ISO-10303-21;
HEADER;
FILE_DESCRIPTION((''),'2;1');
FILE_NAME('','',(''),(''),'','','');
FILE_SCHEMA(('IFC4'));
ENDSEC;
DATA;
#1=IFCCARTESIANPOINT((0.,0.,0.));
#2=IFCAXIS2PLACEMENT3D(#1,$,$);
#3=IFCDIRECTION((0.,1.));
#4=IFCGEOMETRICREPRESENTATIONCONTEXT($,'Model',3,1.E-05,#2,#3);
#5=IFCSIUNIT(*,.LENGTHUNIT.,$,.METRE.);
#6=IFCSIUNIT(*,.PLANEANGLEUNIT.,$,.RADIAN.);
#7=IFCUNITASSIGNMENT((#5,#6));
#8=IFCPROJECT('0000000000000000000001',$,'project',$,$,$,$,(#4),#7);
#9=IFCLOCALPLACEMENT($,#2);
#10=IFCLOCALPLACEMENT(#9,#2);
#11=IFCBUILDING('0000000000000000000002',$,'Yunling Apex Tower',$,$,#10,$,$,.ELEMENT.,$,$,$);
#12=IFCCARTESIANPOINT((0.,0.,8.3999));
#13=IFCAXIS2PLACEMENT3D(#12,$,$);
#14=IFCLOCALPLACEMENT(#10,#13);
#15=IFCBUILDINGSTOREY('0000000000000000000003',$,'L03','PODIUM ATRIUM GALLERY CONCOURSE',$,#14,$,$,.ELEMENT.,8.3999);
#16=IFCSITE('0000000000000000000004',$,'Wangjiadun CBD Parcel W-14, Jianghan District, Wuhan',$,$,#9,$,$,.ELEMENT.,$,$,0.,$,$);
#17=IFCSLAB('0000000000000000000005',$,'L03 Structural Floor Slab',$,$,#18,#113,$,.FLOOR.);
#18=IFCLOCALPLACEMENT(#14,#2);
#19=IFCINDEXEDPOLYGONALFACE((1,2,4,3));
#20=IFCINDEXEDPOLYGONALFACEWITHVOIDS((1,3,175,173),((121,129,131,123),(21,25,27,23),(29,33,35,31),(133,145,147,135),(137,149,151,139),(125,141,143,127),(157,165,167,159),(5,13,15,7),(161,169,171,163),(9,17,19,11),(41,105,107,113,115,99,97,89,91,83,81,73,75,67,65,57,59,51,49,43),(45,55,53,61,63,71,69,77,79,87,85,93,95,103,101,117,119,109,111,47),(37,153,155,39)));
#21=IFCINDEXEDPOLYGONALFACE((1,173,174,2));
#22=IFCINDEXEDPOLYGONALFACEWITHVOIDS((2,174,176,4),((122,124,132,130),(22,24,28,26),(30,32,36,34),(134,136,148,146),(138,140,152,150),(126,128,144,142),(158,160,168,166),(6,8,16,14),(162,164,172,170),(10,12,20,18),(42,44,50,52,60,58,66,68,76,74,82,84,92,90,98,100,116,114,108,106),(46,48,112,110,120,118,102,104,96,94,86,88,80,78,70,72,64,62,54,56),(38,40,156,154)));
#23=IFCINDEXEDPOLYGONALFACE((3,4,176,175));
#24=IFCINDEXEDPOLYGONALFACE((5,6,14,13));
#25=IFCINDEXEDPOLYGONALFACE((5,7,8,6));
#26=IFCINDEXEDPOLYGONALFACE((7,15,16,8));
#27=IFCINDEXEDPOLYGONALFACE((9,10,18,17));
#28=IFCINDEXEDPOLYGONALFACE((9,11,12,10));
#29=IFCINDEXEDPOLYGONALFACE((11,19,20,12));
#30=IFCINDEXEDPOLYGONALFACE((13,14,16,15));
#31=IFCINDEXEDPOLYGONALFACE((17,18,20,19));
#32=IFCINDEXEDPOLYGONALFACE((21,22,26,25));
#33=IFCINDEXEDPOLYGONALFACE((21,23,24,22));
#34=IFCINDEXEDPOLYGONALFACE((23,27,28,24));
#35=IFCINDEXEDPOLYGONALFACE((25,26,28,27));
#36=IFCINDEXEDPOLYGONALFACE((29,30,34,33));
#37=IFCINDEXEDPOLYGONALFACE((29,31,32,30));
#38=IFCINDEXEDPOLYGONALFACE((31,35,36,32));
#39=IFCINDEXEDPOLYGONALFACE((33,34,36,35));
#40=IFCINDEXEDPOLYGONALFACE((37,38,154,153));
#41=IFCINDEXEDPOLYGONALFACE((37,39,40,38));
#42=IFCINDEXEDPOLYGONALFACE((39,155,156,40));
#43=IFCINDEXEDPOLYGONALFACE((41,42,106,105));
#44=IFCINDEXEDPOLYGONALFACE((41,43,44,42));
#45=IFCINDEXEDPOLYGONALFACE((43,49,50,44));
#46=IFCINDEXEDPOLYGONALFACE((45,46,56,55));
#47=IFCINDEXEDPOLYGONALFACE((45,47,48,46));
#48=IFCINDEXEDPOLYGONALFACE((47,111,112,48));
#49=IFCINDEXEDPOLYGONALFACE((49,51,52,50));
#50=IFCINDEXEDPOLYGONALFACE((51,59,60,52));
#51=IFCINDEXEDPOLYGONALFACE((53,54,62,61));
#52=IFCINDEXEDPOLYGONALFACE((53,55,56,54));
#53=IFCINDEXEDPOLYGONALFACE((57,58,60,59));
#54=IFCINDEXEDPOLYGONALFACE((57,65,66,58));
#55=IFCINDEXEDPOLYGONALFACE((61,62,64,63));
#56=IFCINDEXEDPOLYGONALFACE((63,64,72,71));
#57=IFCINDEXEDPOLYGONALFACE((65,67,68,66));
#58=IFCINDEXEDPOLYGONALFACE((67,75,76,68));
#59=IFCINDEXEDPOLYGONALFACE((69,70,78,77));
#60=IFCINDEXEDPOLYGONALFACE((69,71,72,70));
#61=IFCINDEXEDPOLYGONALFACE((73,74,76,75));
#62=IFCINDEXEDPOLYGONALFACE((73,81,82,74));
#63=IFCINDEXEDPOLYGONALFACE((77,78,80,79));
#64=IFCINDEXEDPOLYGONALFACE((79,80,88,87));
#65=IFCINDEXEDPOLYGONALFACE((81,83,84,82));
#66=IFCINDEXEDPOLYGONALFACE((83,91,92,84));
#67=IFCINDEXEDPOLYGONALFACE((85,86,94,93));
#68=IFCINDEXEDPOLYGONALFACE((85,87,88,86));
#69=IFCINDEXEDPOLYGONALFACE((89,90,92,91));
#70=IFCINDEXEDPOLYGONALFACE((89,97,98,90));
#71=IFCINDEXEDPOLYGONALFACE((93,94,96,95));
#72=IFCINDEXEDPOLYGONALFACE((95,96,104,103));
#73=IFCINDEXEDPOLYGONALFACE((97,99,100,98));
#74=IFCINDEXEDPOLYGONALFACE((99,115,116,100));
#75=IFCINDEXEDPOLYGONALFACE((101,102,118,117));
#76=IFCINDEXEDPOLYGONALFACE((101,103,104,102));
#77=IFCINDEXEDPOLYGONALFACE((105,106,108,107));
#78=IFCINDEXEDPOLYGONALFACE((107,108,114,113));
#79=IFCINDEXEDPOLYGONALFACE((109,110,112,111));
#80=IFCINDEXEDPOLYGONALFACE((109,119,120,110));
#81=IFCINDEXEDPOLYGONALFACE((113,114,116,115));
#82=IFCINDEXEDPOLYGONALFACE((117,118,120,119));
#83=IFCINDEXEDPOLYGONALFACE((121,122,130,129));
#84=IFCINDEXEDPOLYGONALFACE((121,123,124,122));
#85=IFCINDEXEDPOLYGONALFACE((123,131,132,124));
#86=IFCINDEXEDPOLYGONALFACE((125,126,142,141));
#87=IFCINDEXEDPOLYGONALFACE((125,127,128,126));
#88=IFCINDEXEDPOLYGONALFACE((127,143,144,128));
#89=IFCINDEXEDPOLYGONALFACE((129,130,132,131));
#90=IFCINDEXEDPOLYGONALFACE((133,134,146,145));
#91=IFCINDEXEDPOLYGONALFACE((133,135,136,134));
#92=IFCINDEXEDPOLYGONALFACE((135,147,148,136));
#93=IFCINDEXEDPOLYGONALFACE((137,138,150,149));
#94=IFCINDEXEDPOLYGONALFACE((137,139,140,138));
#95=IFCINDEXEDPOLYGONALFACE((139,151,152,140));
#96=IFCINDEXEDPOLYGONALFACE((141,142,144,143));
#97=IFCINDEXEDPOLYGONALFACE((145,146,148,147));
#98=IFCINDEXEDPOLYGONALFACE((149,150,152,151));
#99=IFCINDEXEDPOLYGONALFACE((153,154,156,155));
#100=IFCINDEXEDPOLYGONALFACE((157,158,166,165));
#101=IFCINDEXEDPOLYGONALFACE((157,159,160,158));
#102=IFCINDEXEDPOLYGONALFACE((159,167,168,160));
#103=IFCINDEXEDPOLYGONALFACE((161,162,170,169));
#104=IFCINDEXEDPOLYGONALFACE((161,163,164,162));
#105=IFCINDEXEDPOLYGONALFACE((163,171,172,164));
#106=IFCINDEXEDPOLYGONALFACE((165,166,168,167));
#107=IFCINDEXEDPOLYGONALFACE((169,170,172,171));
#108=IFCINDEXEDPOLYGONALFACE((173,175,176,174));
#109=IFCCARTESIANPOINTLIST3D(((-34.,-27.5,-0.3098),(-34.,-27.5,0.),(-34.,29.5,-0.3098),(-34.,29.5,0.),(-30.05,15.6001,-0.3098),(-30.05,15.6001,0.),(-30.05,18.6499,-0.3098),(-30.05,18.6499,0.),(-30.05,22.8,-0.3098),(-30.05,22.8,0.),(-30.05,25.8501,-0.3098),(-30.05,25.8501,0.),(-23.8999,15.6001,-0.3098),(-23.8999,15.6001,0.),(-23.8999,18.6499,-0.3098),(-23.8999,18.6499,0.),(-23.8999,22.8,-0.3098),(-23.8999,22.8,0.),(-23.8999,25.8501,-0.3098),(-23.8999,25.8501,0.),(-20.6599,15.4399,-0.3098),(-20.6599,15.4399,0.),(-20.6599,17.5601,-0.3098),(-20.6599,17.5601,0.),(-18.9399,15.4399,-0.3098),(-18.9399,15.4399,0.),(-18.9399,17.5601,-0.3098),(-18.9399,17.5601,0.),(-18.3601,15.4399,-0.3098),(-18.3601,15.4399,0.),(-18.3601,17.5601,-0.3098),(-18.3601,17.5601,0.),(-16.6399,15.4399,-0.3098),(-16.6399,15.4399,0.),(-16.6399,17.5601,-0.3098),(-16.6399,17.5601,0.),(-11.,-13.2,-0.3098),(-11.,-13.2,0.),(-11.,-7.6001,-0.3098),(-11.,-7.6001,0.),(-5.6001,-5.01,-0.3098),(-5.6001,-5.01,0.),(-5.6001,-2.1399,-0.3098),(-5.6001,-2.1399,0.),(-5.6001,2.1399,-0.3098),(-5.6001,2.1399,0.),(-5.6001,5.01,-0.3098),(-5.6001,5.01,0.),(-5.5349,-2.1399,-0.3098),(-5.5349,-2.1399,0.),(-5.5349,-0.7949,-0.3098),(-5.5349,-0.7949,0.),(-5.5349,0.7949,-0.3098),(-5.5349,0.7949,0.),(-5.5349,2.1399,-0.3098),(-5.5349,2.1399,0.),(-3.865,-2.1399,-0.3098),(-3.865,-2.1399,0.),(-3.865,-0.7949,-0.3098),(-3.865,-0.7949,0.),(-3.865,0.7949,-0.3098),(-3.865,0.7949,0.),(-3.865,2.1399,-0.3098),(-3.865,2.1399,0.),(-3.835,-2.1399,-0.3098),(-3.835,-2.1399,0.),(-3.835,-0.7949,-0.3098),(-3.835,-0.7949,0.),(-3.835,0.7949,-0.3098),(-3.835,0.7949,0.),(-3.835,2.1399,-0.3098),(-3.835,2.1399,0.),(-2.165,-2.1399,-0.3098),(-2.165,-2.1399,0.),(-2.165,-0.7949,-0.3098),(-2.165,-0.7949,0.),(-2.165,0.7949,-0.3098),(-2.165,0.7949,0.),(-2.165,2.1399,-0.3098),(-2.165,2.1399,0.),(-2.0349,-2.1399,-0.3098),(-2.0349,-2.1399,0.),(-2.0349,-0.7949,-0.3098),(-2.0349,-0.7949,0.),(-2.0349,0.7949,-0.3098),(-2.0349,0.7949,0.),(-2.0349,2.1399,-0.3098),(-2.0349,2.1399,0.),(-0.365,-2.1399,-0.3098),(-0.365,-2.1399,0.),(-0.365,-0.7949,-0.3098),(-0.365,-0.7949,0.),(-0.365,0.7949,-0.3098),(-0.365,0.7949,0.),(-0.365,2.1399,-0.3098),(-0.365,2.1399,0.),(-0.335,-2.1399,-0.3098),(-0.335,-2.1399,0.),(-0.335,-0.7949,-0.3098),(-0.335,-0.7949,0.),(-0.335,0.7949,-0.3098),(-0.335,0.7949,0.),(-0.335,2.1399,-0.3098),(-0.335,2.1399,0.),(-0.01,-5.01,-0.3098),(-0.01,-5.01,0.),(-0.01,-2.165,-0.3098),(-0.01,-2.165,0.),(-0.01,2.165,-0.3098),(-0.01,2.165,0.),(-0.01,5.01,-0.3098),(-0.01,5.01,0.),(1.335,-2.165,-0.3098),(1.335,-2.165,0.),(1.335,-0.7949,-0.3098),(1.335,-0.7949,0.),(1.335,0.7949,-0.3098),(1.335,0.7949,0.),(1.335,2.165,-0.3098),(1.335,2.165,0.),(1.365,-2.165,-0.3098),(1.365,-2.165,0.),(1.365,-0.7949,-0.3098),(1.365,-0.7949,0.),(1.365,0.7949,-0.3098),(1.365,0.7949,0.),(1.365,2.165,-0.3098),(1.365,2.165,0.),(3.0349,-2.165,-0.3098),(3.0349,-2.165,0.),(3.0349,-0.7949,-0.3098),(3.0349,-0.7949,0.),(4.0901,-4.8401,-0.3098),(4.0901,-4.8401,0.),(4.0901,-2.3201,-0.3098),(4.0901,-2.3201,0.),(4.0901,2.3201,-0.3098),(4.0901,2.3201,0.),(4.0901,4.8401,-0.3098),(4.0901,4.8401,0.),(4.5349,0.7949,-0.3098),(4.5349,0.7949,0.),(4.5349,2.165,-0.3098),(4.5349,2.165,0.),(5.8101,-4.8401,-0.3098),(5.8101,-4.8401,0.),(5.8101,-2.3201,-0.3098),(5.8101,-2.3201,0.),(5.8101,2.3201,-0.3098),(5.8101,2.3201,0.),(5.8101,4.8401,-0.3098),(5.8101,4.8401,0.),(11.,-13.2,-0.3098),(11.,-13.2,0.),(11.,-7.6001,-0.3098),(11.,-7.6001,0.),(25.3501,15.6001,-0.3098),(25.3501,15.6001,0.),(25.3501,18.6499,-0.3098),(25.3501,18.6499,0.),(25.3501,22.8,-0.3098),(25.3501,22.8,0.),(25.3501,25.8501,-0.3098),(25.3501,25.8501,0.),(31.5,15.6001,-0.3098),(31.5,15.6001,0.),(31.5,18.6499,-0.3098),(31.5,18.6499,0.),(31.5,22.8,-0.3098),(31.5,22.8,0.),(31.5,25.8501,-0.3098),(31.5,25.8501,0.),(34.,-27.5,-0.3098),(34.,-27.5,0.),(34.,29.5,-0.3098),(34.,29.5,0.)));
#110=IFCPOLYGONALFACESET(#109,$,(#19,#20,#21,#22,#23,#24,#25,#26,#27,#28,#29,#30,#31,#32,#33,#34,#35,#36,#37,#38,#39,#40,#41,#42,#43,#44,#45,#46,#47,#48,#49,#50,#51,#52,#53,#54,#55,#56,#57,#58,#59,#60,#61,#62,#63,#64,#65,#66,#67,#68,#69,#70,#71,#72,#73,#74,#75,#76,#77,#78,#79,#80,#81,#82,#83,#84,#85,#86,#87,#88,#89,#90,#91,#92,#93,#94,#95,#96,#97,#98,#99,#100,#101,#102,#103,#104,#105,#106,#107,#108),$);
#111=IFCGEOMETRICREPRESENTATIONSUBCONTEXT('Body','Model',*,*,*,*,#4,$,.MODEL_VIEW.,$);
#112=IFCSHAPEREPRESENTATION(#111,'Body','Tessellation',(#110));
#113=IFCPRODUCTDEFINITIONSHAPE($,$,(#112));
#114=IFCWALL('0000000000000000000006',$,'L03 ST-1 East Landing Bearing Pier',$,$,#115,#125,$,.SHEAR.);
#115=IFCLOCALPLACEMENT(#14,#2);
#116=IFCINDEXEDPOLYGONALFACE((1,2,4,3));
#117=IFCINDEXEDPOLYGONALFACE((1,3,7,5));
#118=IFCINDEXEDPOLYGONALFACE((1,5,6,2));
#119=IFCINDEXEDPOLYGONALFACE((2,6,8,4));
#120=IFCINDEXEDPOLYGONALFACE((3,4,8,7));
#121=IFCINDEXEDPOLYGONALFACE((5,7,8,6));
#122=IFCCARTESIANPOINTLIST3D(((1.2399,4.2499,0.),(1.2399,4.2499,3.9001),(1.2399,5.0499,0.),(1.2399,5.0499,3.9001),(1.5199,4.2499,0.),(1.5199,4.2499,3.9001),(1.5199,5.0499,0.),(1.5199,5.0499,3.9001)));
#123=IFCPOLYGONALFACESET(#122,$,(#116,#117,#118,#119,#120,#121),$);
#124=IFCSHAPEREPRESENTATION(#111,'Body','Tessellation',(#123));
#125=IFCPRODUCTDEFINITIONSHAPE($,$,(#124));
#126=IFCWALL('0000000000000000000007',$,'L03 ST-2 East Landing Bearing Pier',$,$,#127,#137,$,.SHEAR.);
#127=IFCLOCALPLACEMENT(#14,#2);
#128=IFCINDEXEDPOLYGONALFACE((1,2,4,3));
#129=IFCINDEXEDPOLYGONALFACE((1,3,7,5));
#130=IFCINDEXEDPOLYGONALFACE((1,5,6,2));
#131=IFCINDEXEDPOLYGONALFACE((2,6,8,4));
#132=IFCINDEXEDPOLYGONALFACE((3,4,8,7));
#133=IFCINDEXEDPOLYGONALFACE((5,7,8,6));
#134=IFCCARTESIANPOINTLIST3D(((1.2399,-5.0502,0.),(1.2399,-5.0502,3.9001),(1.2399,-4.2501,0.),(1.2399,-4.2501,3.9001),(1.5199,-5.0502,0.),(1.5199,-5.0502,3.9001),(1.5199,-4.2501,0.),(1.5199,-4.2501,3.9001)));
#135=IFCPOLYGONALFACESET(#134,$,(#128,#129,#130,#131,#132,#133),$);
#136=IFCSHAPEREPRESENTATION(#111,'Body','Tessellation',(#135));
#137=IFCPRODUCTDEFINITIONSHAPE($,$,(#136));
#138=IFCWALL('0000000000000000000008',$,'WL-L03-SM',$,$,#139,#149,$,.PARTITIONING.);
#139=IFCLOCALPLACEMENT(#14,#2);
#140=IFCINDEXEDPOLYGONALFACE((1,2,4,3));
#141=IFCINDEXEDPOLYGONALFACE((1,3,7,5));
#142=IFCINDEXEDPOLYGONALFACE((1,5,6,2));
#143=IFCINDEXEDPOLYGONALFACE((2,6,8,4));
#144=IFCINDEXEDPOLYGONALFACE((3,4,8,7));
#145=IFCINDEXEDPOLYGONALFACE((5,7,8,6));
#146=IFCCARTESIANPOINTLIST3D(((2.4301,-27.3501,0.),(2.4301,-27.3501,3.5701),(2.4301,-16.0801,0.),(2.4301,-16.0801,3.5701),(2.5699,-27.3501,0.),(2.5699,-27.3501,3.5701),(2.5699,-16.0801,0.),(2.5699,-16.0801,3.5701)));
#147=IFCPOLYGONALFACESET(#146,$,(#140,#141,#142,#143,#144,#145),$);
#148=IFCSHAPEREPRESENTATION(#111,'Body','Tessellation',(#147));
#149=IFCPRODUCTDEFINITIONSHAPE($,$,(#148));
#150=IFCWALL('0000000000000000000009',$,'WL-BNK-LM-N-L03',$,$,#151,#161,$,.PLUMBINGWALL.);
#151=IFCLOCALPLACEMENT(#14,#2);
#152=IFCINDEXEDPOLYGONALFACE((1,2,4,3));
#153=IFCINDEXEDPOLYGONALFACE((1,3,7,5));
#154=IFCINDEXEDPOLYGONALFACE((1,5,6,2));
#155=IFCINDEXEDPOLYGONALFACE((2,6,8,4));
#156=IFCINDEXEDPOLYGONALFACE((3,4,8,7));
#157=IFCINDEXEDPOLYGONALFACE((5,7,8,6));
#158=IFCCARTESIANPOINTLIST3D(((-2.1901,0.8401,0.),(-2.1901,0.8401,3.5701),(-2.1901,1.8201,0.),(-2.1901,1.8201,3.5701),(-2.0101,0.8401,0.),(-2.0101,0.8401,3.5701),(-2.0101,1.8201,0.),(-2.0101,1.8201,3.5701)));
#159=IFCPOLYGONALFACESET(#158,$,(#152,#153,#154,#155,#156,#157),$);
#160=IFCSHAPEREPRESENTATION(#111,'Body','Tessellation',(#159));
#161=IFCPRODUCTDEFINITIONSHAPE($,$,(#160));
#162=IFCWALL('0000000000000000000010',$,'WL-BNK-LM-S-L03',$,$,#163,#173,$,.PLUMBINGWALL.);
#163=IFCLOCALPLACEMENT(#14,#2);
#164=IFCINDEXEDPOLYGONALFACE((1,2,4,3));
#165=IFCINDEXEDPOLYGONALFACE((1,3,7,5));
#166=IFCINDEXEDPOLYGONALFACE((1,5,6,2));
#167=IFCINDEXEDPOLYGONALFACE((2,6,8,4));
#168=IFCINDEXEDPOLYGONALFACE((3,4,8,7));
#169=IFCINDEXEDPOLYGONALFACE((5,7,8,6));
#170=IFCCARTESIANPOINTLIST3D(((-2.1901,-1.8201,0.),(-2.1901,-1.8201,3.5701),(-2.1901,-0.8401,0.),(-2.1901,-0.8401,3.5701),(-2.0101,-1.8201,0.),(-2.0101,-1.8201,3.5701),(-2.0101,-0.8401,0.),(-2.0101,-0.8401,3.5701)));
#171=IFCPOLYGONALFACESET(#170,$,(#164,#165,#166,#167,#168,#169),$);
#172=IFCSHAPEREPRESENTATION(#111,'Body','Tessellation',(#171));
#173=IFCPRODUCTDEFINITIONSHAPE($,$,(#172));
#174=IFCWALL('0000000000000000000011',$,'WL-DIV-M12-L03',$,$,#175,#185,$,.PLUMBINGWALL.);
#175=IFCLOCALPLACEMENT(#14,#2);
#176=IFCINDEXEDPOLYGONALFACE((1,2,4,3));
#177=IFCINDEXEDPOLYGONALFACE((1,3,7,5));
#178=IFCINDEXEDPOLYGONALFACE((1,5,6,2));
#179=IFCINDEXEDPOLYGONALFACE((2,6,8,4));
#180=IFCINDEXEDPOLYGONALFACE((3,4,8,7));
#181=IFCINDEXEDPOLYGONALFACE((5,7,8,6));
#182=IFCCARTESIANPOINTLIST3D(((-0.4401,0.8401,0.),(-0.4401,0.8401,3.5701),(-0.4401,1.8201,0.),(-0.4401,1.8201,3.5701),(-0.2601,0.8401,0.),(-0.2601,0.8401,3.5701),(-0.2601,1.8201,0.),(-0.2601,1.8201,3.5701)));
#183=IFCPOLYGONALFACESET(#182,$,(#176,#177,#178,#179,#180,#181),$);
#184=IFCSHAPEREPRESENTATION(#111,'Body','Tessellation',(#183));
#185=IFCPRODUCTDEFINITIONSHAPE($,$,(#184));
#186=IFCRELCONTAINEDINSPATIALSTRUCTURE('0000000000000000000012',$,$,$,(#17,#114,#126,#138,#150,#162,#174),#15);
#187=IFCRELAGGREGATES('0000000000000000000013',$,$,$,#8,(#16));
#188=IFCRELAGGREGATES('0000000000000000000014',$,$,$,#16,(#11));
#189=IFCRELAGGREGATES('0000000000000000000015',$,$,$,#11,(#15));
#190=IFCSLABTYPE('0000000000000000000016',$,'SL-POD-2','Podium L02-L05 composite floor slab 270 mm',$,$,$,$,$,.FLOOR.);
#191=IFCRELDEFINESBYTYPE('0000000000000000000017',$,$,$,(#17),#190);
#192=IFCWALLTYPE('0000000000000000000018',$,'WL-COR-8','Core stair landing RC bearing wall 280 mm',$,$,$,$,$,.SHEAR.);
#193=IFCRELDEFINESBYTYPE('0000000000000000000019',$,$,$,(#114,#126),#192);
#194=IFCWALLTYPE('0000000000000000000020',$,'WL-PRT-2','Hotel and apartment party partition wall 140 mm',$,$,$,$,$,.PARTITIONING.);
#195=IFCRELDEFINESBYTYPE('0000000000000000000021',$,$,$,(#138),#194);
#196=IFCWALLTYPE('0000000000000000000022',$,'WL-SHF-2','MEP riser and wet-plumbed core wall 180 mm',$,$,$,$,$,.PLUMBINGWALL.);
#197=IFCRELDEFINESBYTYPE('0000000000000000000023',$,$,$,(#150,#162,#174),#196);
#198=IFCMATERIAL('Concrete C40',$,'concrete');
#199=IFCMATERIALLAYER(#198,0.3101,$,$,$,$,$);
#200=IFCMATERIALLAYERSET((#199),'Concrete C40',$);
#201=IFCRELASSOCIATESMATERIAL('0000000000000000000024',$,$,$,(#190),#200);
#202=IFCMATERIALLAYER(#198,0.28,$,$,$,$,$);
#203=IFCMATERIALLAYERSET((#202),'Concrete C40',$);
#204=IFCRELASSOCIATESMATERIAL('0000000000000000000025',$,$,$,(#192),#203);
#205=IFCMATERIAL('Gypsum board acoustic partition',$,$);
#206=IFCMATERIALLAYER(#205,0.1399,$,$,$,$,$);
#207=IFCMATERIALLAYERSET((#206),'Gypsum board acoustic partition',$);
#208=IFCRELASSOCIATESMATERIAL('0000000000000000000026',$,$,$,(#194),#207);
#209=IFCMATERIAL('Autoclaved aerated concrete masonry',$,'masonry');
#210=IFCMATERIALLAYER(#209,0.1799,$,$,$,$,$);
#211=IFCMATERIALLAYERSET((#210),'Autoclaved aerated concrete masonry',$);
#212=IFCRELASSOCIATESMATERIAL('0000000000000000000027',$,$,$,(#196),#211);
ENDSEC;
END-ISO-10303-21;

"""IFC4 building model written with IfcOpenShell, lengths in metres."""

from ifc_helpers import new_model, si_unit, direction, frame, frame_2d, origin, place, context, subcontext, project, spatial, polyline, rectangle, outline, extrude, material, layer, layer_set, type_object, element, save


model = new_model("IFC4")

# Units and contexts
model_context = context("Model", 3, precision=1e-05, world=origin(), true_north=direction((0.0, 1.0)))
body_context = subcontext(model_context, "Body", "Model", "MODEL_VIEW")
ifc_project = project(units=[si_unit("LENGTHUNIT", "METRE"), si_unit("PLANEANGLEUNIT", "RADIAN")], contexts=[model_context])

# Site, building, storey
site_placement = place(None, origin())
site = spatial("IfcSite", under=ifc_project, at=site_placement, Name="Wangjiadun CBD Parcel W-14, Jianghan District, Wuhan", CompositionType="ELEMENT", RefElevation=0.0)
building_placement = place(site_placement, origin())
building = spatial("IfcBuilding", under=site, at=building_placement, Name="Yunling Apex Tower", CompositionType="ELEMENT")
storey_placement = place(building_placement, frame((0.0, 0.0, 8.3999)))
storey = spatial("IfcBuildingStorey", under=building, at=storey_placement, Name="L03", Description="PODIUM ATRIUM GALLERY CONCOURSE", CompositionType="ELEMENT", Elevation=8.3999)

# Shared definitions
ifc_material_1 = material(Name="Concrete C40", Category="concrete")

# Slab
ifc_layer_1 = layer(ifc_material_1, 0.3101)
ifc_layer_set_1 = layer_set([ifc_layer_1], Name="Concrete C40")
slab_type_1 = type_object("IfcSlabType", Name="SL-POD-2", Description="Podium L02-L05 composite floor slab 270 mm", PredefinedType="FLOOR", material=ifc_layer_set_1)
slab_1_placement = place(storey_placement, frame((0.0, 0.0, -0.3098)))
element("IfcSlab", 1, at=slab_1_placement, inside=storey, type_object=slab_type_1, Name="L03 Structural Floor Slab", PredefinedType="FLOOR", context=body_context, shape_type="SweptSolid", body=[
    extrude(outline(polyline([(-34.0, -27.5), (34.0, -27.5), (34.0, 29.5), (-34.0, 29.5), (-34.0, -27.5)]), holes=[polyline([(31.5, 15.6001), (25.3501, 15.6001), (25.3501, 18.6499), (31.5, 18.6499), (31.5, 15.6001)]), polyline([(31.5, 22.8), (25.3501, 22.8), (25.3501, 25.8501), (31.5, 25.8501), (31.5, 22.8)]), polyline([(11.0, -7.6001), (11.0, -13.2), (-11.0, -13.2), (-11.0, -7.6001), (11.0, -7.6001)]), polyline([(5.8101, -2.3201), (5.8101, -4.8401), (4.0901, -4.8401), (4.0901, -2.3201), (5.8101, -2.3201)]), polyline([(5.8101, 4.8401), (5.8101, 2.3201), (4.0901, 2.3201), (4.0901, 4.8401), (5.8101, 4.8401)]), polyline([(4.5349, 0.7949), (1.365, 0.7949), (1.365, 2.165), (4.5349, 2.165), (4.5349, 0.7949)]), polyline([(3.0349, -2.165), (1.365, -2.165), (1.365, -0.7949), (3.0349, -0.7949), (3.0349, -2.165)]), polyline([(-5.6001, 5.01), (-0.01, 5.01), (-0.01, 2.165), (1.335, 2.165), (1.335, 0.7949), (-0.335, 0.7949), (-0.335, 2.1399), (-0.365, 2.1399), (-0.365, 0.7949), (-2.0349, 0.7949), (-2.0349, 2.1399), (-2.165, 2.1399), (-2.165, 0.7949), (-3.835, 0.7949), (-3.835, 2.1399), (-3.865, 2.1399), (-3.865, 0.7949), (-5.5349, 0.7949), (-5.5349, 2.1399), (-5.6001, 2.1399), (-5.6001, 5.01)]), polyline([(-3.865, -0.7949), (-3.865, -2.1399), (-3.835, -2.1399), (-3.835, -0.7949), (-2.165, -0.7949), (-2.165, -2.1399), (-2.0349, -2.1399), (-2.0349, -0.7949), (-0.365, -0.7949), (-0.365, -2.1399), (-0.335, -2.1399), (-0.335, -0.7949), (1.335, -0.7949), (1.335, -2.165), (-0.01, -2.165), (-0.01, -5.01), (-5.6001, -5.01), (-5.6001, -2.1399), (-5.5349, -2.1399), (-5.5349, -0.7949), (-3.865, -0.7949)]), polyline([(-16.6399, 17.5601), (-16.6399, 15.4399), (-18.3601, 15.4399), (-18.3601, 17.5601), (-16.6399, 17.5601)]), polyline([(-18.9399, 15.4399), (-20.6599, 15.4399), (-20.6599, 17.5601), (-18.9399, 17.5601), (-18.9399, 15.4399)]), polyline([(-23.8999, 15.6001), (-30.05, 15.6001), (-30.05, 18.6499), (-23.8999, 18.6499), (-23.8999, 15.6001)]), polyline([(-23.8999, 22.8), (-30.05, 22.8), (-30.05, 25.8501), (-23.8999, 25.8501), (-23.8999, 22.8)])]), origin(), (0.0, 0.0, 1.0), 0.3098),
])

# Walls
ifc_layer_2 = layer(ifc_material_1, 0.28)
ifc_layer_set_2 = layer_set([ifc_layer_2], Name="Concrete C40")
wall_type_1 = type_object("IfcWallType", Name="WL-COR-8", Description="Core stair landing RC bearing wall 280 mm", PredefinedType="SHEAR", material=ifc_layer_set_2)
for number, where, z_axis, x_axis, name in (
    (2, (1.3799, 4.25, 0.0), (0.0, 0.0, 1.0), (0.0, 1.0, 0.0), "L03 ST-1 East Landing Bearing Pier"),
    (3, (1.3799, -5.05, 0.0), (0.0, 0.0, 1.0), (0.0, 1.0, 0.0), "L03 ST-2 East Landing Bearing Pier"),
):
    element("IfcWall", number, at=place(storey_placement, frame(where, z_axis=z_axis, x_axis=x_axis)), inside=storey, type_object=wall_type_1, Name=name, PredefinedType="SHEAR", context=body_context, shape_type="SweptSolid", body=[
        extrude(rectangle(XDim=0.8, YDim=0.28, at=frame_2d((0.3999, 0.0))), origin(), (0.0, 0.0, 1.0), 3.9001),
    ])
ifc_material_2 = material(Name="Gypsum board acoustic partition")
ifc_layer_3 = layer(ifc_material_2, 0.1399)
ifc_layer_set_3 = layer_set([ifc_layer_3], Name="Gypsum board acoustic partition")
wall_type_2 = type_object("IfcWallType", Name="WL-PRT-2", Description="Hotel and apartment party partition wall 140 mm", PredefinedType="PARTITIONING", material=ifc_layer_set_3)
wall_1_placement = place(storey_placement, frame((2.5, -27.3501, 0.0), z_axis=(0.0, 0.0, 1.0), x_axis=(0.0, 1.0, 0.0)))
element("IfcWall", 4, at=wall_1_placement, inside=storey, type_object=wall_type_2, Name="WL-L03-SM", PredefinedType="PARTITIONING", context=body_context, shape_type="SweptSolid", body=[
    extrude(rectangle(XDim=11.27, YDim=0.1399, at=frame_2d((5.635, 0.0))), origin(), (0.0, 0.0, 1.0), 3.5701),
])

# Shared definitions
ifc_material_3 = material(Name="Autoclaved aerated concrete masonry", Category="masonry")

# Walls
ifc_layer_4 = layer(ifc_material_3, 0.1799)
ifc_layer_set_4 = layer_set([ifc_layer_4], Name="Autoclaved aerated concrete masonry")
wall_type_3 = type_object("IfcWallType", Name="WL-SHF-2", Description="MEP riser and wet-plumbed core wall 180 mm", PredefinedType="PLUMBINGWALL", material=ifc_layer_set_4)
for number, where, z_axis, x_axis, name in (
    (5, (-2.1001, 0.8401, 0.0), (0.0, 0.0, 1.0), (0.0, 1.0, 0.0), "WL-BNK-LM-N-L03"),
    (6, (-2.1001, -1.8201, 0.0), (0.0, 0.0, 1.0), (0.0, 1.0, 0.0), "WL-BNK-LM-S-L03"),
    (7, (-0.3501, 0.8401, 0.0), (0.0, 0.0, 1.0), (0.0, 1.0, 0.0), "WL-DIV-M12-L03"),
):
    element("IfcWall", number, at=place(storey_placement, frame(where, z_axis=z_axis, x_axis=x_axis)), inside=storey, type_object=wall_type_3, Name=name, PredefinedType="PLUMBINGWALL", context=body_context, shape_type="SweptSolid", body=[
        extrude(rectangle(XDim=0.98, YDim=0.1799, at=frame_2d((0.49, 0.0))), origin(), (0.0, 0.0, 1.0), 3.5701),
    ])

save(model, "model.ifc")
